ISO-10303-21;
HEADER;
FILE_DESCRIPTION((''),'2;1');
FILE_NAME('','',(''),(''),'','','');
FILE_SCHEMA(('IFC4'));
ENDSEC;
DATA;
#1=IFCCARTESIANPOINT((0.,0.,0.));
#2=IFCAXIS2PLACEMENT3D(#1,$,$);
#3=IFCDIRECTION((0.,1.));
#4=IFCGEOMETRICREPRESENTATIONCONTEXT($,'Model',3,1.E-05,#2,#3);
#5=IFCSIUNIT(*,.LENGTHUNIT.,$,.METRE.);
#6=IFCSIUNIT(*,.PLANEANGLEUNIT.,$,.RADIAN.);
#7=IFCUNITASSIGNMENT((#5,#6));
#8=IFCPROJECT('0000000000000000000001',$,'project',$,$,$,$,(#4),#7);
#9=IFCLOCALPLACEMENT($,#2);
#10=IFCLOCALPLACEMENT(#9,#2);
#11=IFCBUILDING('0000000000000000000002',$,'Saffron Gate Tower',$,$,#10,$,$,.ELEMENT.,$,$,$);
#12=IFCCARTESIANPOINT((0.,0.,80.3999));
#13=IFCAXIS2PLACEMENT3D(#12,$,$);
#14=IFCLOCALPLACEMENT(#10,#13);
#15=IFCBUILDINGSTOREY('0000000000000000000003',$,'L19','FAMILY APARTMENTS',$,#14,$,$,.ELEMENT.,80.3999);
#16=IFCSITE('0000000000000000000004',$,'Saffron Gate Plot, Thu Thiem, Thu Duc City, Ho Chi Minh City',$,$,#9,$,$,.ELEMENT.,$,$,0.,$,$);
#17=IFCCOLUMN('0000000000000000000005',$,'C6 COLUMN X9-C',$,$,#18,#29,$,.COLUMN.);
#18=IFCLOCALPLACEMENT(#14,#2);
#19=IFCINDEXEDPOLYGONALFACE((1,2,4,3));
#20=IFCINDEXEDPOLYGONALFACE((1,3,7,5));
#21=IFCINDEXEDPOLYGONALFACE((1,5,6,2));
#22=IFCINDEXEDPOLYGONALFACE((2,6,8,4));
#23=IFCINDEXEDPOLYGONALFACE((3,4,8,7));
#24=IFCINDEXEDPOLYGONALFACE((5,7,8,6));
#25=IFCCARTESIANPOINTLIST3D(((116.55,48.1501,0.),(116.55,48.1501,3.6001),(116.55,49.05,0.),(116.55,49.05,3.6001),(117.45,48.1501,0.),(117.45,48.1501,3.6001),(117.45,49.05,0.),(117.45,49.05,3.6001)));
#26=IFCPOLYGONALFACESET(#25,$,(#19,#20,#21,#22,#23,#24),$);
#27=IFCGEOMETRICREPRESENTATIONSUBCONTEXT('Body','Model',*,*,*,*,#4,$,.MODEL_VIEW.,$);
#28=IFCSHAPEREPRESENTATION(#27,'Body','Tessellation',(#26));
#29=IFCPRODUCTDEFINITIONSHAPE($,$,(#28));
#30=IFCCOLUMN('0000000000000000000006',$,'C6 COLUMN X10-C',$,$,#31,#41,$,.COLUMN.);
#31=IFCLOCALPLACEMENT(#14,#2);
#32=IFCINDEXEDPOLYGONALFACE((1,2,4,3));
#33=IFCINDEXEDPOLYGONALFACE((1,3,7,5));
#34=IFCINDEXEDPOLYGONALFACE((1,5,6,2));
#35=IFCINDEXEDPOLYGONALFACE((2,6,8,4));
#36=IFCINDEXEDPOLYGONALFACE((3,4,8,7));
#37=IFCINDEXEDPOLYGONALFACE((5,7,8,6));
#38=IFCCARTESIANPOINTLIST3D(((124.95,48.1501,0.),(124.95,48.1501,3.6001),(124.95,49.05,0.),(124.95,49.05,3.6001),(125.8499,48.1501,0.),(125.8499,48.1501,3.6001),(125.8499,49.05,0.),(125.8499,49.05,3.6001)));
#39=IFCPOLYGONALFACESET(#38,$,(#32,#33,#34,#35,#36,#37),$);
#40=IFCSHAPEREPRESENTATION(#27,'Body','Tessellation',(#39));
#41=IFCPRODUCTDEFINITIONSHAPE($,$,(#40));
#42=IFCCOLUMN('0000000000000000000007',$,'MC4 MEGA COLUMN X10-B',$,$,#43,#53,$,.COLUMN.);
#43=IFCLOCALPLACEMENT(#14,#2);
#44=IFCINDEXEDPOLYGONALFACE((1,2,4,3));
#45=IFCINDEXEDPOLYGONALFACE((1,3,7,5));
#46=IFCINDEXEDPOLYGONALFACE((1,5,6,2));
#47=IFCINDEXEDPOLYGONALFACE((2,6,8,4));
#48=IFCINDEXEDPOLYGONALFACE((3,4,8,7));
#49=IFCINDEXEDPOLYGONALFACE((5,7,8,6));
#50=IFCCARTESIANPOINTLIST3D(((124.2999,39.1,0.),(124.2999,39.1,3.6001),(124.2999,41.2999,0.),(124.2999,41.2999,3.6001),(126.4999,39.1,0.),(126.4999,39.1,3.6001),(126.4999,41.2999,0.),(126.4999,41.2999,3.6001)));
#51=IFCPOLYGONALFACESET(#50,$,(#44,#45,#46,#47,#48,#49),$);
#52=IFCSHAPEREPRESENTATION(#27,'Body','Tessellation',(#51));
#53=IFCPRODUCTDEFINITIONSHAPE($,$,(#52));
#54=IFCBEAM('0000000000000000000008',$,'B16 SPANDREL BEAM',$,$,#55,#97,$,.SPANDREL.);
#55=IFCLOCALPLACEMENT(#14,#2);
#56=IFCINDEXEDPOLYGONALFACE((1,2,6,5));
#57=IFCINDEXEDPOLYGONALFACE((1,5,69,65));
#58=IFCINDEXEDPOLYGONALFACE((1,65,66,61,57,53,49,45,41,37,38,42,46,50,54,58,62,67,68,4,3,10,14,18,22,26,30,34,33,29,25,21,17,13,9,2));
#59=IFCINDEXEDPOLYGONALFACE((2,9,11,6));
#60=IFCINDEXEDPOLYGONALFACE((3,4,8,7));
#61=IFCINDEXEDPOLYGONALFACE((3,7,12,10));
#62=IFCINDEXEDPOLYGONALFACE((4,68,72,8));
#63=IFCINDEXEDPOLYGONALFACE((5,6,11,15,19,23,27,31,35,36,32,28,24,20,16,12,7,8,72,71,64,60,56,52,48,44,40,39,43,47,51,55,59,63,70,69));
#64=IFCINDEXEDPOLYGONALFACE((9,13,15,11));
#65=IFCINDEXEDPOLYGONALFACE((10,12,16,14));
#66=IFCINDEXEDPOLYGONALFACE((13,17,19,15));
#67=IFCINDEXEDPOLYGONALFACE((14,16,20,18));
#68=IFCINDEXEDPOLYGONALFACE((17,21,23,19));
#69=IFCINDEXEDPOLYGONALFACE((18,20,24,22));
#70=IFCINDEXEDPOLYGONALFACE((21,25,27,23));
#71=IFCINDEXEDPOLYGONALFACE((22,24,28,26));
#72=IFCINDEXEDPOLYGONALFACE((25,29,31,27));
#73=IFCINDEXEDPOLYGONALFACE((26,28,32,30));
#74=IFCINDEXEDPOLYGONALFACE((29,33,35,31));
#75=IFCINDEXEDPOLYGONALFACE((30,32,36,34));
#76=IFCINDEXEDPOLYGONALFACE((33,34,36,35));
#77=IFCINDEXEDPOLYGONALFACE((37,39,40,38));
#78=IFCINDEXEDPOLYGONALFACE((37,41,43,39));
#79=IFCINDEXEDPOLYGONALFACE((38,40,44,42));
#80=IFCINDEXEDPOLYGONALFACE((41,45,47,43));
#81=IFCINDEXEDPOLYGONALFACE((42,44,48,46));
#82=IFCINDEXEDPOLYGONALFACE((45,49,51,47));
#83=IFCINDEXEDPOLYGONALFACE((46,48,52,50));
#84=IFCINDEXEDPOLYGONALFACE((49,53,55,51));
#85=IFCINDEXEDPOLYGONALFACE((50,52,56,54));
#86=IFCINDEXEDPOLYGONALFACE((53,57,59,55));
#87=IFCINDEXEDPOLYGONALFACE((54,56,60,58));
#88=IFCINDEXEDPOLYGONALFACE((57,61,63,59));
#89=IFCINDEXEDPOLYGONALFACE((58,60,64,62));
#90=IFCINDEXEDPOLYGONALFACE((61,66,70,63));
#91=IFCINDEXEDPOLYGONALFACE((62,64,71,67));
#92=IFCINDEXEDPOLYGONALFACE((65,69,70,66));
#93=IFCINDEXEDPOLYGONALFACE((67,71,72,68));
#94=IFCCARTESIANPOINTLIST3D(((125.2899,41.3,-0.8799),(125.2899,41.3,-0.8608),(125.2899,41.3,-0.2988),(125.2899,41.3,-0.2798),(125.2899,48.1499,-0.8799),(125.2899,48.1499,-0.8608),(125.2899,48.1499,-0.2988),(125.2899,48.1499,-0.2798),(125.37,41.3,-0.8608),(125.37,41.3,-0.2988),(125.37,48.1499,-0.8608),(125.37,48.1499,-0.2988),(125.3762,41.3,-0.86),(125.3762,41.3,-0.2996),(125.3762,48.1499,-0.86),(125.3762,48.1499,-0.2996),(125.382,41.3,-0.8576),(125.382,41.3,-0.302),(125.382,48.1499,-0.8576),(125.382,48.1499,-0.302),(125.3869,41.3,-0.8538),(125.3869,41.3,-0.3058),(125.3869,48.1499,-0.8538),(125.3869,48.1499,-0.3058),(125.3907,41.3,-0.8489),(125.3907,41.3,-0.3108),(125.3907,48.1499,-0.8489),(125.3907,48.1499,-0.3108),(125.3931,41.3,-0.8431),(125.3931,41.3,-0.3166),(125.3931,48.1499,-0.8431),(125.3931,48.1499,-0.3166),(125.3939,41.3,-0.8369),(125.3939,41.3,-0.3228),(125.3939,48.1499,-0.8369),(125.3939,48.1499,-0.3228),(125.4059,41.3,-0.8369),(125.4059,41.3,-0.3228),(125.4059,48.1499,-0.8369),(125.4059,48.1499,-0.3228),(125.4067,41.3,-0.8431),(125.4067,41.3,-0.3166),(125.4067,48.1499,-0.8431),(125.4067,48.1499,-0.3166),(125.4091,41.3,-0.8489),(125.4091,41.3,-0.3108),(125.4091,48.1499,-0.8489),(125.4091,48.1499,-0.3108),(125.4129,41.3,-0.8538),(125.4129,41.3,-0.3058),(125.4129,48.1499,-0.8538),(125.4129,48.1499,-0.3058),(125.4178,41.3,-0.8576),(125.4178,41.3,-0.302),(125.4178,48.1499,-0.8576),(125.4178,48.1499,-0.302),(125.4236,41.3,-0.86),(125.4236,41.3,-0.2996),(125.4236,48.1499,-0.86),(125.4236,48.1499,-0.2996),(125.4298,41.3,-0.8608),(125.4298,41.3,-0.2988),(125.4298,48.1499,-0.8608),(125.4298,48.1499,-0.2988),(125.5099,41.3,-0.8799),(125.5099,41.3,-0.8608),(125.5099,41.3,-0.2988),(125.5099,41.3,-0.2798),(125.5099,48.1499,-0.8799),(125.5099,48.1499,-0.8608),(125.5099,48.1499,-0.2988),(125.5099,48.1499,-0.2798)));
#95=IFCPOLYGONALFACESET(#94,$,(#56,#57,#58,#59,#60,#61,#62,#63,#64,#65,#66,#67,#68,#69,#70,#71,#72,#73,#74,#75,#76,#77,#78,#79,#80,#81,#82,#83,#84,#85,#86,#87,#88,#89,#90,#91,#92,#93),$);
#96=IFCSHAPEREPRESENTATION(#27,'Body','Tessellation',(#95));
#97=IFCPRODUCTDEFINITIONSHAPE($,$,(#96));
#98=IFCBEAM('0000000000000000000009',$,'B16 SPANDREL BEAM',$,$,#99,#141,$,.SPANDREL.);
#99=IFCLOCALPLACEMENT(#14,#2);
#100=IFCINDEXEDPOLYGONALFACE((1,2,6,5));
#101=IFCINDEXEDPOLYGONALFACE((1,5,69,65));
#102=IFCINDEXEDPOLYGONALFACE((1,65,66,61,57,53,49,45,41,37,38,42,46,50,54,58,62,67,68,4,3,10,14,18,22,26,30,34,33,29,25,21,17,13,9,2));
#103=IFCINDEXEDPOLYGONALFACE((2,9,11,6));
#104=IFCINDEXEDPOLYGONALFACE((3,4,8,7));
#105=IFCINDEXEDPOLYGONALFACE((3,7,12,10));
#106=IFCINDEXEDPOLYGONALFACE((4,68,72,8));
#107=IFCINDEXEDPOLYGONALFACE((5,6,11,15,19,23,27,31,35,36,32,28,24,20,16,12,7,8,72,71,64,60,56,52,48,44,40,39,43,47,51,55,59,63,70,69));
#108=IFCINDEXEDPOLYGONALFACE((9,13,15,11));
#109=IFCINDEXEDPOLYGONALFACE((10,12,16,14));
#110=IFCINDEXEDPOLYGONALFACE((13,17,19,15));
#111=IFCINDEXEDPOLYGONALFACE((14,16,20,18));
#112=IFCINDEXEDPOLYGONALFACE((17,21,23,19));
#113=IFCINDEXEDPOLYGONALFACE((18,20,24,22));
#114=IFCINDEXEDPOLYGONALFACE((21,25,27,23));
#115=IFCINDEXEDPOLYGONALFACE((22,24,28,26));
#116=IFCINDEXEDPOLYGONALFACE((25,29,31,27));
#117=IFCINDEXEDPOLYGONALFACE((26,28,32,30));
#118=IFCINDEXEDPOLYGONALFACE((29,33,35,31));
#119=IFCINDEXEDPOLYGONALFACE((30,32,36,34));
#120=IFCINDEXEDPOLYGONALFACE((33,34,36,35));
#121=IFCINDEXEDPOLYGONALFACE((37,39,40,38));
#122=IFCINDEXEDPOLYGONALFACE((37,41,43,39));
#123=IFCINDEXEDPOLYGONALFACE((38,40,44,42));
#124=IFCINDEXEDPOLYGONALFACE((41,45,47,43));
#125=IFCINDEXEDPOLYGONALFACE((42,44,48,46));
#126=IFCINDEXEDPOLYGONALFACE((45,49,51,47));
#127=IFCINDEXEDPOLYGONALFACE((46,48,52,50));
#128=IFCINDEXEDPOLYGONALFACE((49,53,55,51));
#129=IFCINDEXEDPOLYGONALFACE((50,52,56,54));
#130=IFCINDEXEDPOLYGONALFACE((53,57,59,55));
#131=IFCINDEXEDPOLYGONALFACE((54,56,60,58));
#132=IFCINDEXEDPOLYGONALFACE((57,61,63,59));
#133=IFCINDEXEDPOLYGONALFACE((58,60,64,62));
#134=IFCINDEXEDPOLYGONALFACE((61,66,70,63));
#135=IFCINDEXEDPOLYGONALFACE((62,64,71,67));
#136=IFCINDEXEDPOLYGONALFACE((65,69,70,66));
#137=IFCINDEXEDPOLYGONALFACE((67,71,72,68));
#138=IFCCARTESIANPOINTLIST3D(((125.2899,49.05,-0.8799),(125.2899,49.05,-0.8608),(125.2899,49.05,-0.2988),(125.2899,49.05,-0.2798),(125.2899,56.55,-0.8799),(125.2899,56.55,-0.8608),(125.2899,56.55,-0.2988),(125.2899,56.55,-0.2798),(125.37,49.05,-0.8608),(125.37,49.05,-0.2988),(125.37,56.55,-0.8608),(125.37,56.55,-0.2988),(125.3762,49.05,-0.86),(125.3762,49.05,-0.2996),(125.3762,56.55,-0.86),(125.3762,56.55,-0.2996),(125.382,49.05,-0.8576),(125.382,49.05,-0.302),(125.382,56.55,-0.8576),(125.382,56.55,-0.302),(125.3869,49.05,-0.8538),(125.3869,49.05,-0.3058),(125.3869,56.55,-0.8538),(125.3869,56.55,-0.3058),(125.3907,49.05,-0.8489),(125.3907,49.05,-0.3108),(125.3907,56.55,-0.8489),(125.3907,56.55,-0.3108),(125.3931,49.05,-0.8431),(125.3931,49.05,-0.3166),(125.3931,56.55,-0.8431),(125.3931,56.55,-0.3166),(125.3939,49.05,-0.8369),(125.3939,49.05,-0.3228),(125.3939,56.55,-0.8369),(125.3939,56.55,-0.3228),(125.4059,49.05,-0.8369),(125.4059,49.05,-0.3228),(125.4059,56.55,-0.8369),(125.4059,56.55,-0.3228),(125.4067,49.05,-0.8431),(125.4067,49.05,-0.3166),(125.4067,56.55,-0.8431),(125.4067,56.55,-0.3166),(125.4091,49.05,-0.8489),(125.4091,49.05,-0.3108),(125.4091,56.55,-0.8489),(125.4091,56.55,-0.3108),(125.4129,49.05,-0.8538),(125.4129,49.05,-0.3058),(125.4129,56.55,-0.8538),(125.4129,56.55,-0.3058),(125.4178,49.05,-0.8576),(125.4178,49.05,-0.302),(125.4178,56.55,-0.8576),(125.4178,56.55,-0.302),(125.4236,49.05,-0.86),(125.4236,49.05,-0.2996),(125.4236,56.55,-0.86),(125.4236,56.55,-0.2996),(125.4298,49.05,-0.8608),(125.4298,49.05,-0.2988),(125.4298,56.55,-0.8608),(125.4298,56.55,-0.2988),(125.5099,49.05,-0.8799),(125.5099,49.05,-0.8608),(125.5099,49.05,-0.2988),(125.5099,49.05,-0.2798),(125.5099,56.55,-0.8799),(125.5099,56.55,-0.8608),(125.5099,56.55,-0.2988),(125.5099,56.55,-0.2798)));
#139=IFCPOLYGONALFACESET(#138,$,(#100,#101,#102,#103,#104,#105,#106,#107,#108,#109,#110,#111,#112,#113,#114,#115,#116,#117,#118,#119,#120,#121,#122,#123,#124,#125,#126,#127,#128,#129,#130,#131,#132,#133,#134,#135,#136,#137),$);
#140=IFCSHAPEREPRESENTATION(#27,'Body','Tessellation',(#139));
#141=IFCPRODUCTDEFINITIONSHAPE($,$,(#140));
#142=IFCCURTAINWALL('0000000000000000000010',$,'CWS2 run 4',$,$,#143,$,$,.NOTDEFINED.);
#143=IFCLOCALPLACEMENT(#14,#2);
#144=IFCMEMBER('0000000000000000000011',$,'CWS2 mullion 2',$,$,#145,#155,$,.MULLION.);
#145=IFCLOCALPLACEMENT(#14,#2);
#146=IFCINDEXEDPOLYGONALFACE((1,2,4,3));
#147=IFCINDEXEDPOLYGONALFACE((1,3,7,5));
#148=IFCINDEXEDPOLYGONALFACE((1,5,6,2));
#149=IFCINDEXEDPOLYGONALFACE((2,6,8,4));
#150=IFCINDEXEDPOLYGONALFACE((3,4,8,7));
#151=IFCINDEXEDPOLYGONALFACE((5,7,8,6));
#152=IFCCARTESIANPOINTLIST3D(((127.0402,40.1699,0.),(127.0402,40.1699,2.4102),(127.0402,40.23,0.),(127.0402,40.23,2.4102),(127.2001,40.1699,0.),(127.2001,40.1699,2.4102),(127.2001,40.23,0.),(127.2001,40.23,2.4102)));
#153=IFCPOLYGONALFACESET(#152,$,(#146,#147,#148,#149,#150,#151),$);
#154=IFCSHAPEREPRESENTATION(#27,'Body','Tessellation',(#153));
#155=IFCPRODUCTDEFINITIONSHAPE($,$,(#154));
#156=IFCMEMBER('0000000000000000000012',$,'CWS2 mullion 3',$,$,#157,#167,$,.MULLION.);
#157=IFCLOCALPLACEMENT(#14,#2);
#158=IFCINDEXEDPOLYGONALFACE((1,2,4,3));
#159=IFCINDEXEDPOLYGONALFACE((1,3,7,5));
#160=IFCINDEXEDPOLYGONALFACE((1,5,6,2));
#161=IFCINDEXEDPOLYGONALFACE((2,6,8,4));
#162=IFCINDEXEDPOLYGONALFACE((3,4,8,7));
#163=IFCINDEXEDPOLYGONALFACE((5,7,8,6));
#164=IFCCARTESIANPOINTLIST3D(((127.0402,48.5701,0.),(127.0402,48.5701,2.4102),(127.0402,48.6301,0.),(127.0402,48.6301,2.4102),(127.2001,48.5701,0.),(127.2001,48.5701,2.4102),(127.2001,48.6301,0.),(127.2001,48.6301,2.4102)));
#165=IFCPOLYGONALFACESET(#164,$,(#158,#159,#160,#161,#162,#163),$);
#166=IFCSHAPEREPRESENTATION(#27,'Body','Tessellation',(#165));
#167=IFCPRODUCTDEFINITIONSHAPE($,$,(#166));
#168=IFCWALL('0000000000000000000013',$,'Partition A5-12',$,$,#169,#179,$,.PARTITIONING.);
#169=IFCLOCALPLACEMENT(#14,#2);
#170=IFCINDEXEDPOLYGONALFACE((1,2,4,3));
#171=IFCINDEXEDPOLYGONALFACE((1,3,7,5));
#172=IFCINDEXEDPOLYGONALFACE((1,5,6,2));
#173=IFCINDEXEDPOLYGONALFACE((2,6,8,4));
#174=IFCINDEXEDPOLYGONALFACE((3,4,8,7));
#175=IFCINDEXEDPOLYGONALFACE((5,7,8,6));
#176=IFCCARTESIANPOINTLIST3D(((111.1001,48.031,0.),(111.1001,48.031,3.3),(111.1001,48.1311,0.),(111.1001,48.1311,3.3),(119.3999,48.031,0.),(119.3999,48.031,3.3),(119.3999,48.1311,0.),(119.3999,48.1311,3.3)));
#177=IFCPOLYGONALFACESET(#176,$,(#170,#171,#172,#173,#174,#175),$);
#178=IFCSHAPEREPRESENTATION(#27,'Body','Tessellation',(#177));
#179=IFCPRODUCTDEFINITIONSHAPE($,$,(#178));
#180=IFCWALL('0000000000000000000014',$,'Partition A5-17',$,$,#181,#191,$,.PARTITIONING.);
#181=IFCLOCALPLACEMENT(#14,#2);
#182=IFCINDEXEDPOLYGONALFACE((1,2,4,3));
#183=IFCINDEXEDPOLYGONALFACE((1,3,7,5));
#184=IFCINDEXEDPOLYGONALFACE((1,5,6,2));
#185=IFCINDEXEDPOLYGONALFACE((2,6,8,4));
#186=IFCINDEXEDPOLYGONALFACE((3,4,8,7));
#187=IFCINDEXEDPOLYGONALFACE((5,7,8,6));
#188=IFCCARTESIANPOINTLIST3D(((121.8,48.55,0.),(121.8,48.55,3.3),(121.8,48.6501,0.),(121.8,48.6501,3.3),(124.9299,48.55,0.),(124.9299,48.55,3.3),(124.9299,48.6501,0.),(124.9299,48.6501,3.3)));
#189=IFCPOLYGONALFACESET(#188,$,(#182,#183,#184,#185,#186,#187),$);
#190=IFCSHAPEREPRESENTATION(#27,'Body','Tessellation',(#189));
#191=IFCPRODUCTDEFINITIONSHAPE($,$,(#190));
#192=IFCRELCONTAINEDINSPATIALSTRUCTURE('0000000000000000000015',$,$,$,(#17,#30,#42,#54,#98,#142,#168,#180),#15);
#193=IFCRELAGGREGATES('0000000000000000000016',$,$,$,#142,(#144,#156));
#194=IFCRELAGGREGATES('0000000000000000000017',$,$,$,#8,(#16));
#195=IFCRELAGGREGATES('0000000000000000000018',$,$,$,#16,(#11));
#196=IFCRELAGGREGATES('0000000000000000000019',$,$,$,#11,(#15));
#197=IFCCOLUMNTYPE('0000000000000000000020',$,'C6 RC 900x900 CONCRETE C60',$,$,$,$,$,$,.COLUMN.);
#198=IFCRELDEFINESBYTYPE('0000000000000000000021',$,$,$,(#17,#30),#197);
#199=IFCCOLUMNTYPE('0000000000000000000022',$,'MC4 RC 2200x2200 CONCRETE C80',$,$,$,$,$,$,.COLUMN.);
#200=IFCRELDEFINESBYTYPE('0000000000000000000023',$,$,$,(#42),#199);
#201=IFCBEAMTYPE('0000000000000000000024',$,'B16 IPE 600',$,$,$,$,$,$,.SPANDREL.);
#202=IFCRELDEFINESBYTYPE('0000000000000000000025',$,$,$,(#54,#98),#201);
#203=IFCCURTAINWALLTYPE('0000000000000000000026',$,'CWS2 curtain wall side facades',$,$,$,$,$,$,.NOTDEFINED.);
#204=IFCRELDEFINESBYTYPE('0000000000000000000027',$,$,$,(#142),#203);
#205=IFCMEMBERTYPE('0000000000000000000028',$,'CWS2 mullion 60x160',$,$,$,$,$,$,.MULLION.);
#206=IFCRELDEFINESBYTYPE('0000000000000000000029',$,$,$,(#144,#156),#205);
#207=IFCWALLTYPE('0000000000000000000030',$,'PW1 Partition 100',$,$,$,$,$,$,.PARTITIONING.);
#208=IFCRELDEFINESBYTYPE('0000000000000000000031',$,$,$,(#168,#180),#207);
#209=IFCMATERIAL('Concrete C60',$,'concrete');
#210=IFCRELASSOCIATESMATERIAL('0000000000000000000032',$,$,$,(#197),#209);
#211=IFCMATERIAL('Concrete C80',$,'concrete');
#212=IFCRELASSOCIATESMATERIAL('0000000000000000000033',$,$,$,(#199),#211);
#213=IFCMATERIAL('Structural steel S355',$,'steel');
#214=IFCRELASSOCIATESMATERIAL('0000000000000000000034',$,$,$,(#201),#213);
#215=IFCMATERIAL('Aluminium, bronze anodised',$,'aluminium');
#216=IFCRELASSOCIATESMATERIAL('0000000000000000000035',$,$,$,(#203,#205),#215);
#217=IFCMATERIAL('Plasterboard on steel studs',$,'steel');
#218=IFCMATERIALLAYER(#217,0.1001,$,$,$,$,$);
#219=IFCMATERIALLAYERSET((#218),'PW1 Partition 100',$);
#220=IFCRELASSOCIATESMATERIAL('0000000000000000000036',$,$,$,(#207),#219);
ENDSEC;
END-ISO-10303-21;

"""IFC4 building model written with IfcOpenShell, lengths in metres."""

from ifc_helpers import new_model, si_unit, direction, frame, frame_2d, origin, origin_2d, place, context, subcontext, project, spatial, rectangle, i_section, extrude, material, layer, layer_set, material_profile, profile_set, type_object, element, aggregate, save


model = new_model("IFC4")

# Units and contexts
model_context = context("Model", 3, precision=1e-05, world=origin(), true_north=direction((0.0, 1.0)))
body_context = subcontext(model_context, "Body", "Model", "MODEL_VIEW")
ifc_project = project(units=[si_unit("LENGTHUNIT", "METRE"), si_unit("PLANEANGLEUNIT", "RADIAN")], contexts=[model_context])

# Site, building, storey
site_placement = place(None, origin())
site = spatial("IfcSite", under=ifc_project, at=site_placement, Name="Saffron Gate Plot, Thu Thiem, Thu Duc City, Ho Chi Minh City", CompositionType="ELEMENT", RefElevation=0.0)
building_placement = place(site_placement, origin())
building = spatial("IfcBuilding", under=site, at=building_placement, Name="Saffron Gate Tower", CompositionType="ELEMENT")
storey_placement = place(building_placement, frame((0.0, 0.0, 80.3999)))
storey = spatial("IfcBuildingStorey", under=building, at=storey_placement, Name="L19", Description="FAMILY APARTMENTS", CompositionType="ELEMENT", Elevation=80.3999)

# Columns
ifc_material_1 = material(Name="Concrete C60", Category="concrete")
ifc_material_profile_1 = material_profile(ifc_material_1, rectangle(XDim=0.8999, YDim=0.8999, at=origin_2d()))
ifc_profile_set_1 = profile_set([ifc_material_profile_1], Name="Concrete C60")
column_type_1 = type_object("IfcColumnType", Name="C6 RC 900x900 CONCRETE C60", PredefinedType="COLUMN", material=ifc_profile_set_1)
for number, where, z_axis, x_axis, name in (
    (1, (117.0, 48.6001, 0.0), (0.0, 0.0, 1.0), (1.0, 0.0, 0.0), "C6 COLUMN X9-C"),
    (2, (125.3999, 48.6001, 0.0), (0.0, 0.0, 1.0), (1.0, 0.0, 0.0), "C6 COLUMN X10-C"),
):
    element("IfcColumn", number, at=place(storey_placement, frame(where, z_axis=z_axis, x_axis=x_axis)), inside=storey, type_object=column_type_1, Name=name, PredefinedType="COLUMN", context=body_context, shape_type="SweptSolid", body=[
        extrude(rectangle(XDim=0.8999, YDim=0.8999, at=origin_2d()), origin(), (0.0, 0.0, 1.0), 3.6001),
    ])
ifc_material_2 = material(Name="Concrete C80", Category="concrete")
ifc_material_profile_2 = material_profile(ifc_material_2, rectangle(XDim=2.2, YDim=2.2, at=origin_2d()))
ifc_profile_set_2 = profile_set([ifc_material_profile_2], Name="Concrete C80")
column_type_2 = type_object("IfcColumnType", Name="MC4 RC 2200x2200 CONCRETE C80", PredefinedType="COLUMN", material=ifc_profile_set_2)
column_placement = place(storey_placement, frame((125.3999, 40.2, 0.0), z_axis=(0.0, 0.0, 1.0), x_axis=(1.0, 0.0, 0.0)))
element("IfcColumn", 3, at=column_placement, inside=storey, type_object=column_type_2, Name="MC4 MEGA COLUMN X10-B", PredefinedType="COLUMN", context=body_context, shape_type="SweptSolid", body=[
    extrude(rectangle(XDim=2.2, YDim=2.2, at=origin_2d()), origin(), (0.0, 0.0, 1.0), 3.6001),
])

# Beams
ifc_material_3 = material(Name="Structural steel S355", Category="steel")
ifc_material_profile_3 = material_profile(ifc_material_3, i_section(OverallWidth=0.22, OverallDepth=0.6001, WebThickness=0.012, FlangeThickness=0.019, FilletRadius=0.0239, at=origin_2d()))
ifc_profile_set_3 = profile_set([ifc_material_profile_3], Name="Structural steel S355")
beam_type = type_object("IfcBeamType", Name="B16 IPE 600", PredefinedType="SPANDREL", material=ifc_profile_set_3)
beam_1_placement = place(storey_placement, frame((125.3999, 41.3, -0.5798), z_axis=(0.0, 1.0, 0.0), x_axis=(-1.0, 0.0, 0.0)))
element("IfcBeam", 4, at=beam_1_placement, inside=storey, type_object=beam_type, Name="B16 SPANDREL BEAM", PredefinedType="SPANDREL", context=body_context, shape_type="SweptSolid", body=[
    extrude(i_section(OverallWidth=0.22, OverallDepth=0.6001, WebThickness=0.012, FlangeThickness=0.019, FilletRadius=0.0239, at=origin_2d()), origin(), (0.0, 0.0, 1.0), 6.8499),
])
beam_2_placement = place(storey_placement, frame((125.3999, 49.05, -0.5798), z_axis=(0.0, 1.0, 0.0), x_axis=(-1.0, 0.0, 0.0)))
element("IfcBeam", 5, at=beam_2_placement, inside=storey, type_object=beam_type, Name="B16 SPANDREL BEAM", PredefinedType="SPANDREL", context=body_context, shape_type="SweptSolid", body=[
    extrude(i_section(OverallWidth=0.22, OverallDepth=0.6001, WebThickness=0.012, FlangeThickness=0.019, FilletRadius=0.0239, at=origin_2d()), origin(), (0.0, 0.0, 1.0), 7.5),
])

# Curtain wall, members
ifc_material_4 = material(Name="Aluminium, bronze anodised", Category="aluminium")
curtain_wall_type = type_object("IfcCurtainWallType", Name="CWS2 curtain wall side facades", PredefinedType="NOTDEFINED", material=ifc_material_4)
curtain_wall_placement = place(storey_placement, origin())
curtain_wall = element("IfcCurtainWall", 6, at=curtain_wall_placement, inside=storey, type_object=curtain_wall_type, Name="CWS2 run 4", PredefinedType="NOTDEFINED")
ifc_material_profile_4 = material_profile(ifc_material_4, rectangle(XDim=0.1599, YDim=0.0601, at=origin_2d()))
ifc_profile_set_4 = profile_set([ifc_material_profile_4], Name="Aluminium, bronze anodised")
member_type = type_object("IfcMemberType", Name="CWS2 mullion 60x160", PredefinedType="MULLION", material=ifc_profile_set_4)
member_1_placement = place(storey_placement, frame((127.1201, 40.2, 0.0), z_axis=(0.0, 0.0, 1.0), x_axis=(-1.0, 0.0, 0.0)))
member_1 = element("IfcMember", 7, at=member_1_placement, type_object=member_type, Name="CWS2 mullion 2", PredefinedType="MULLION", context=body_context, shape_type="SweptSolid", body=[
    extrude(rectangle(XDim=0.1599, YDim=0.0601, at=origin_2d()), origin(), (0.0, 0.0, 1.0), 2.4102),
])
member_2_placement = place(storey_placement, frame((127.1201, 48.6001, 0.0), z_axis=(0.0, 0.0, 1.0), x_axis=(-1.0, 0.0, 0.0)))
member_2 = element("IfcMember", 8, at=member_2_placement, type_object=member_type, Name="CWS2 mullion 3", PredefinedType="MULLION", context=body_context, shape_type="SweptSolid", body=[
    extrude(rectangle(XDim=0.1599, YDim=0.0601, at=origin_2d()), origin(), (0.0, 0.0, 1.0), 2.4102),
])
aggregate(curtain_wall, [member_1, member_2])

# Walls
ifc_material_5 = material(Name="Plasterboard on steel studs", Category="steel")
ifc_layer_1 = layer(ifc_material_5, 0.1001)
ifc_layer_set_1 = layer_set([ifc_layer_1], Name="PW1 Partition 100")
wall_type_1 = type_object("IfcWallType", Name="PW1 Partition 100", PredefinedType="PARTITIONING", material=ifc_layer_set_1)
wall_1_placement = place(storey_placement, frame((111.1001, 48.0811, 0.0), z_axis=(0.0, 0.0, 1.0), x_axis=(1.0, 0.0, 0.0)))
element("IfcWall", 9, at=wall_1_placement, inside=storey, type_object=wall_type_1, Name="Partition A5-12", PredefinedType="PARTITIONING", context=body_context, shape_type="SweptSolid", body=[
    extrude(rectangle(XDim=8.2998, YDim=0.1001, at=frame_2d((4.1499, 0.0))), origin(), (0.0, 0.0, 1.0), 3.3),
])
wall_2_placement = place(storey_placement, frame((121.8, 48.6001, 0.0), z_axis=(0.0, 0.0, 1.0), x_axis=(1.0, 0.0, 0.0)))
element("IfcWall", 10, at=wall_2_placement, inside=storey, type_object=wall_type_1, Name="Partition A5-17", PredefinedType="PARTITIONING", context=body_context, shape_type="SweptSolid", body=[
    extrude(rectangle(XDim=3.1299, YDim=0.1001, at=frame_2d((1.5649, 0.0))), origin(), (0.0, 0.0, 1.0), 3.3),
])

save(model, "model.ifc")
